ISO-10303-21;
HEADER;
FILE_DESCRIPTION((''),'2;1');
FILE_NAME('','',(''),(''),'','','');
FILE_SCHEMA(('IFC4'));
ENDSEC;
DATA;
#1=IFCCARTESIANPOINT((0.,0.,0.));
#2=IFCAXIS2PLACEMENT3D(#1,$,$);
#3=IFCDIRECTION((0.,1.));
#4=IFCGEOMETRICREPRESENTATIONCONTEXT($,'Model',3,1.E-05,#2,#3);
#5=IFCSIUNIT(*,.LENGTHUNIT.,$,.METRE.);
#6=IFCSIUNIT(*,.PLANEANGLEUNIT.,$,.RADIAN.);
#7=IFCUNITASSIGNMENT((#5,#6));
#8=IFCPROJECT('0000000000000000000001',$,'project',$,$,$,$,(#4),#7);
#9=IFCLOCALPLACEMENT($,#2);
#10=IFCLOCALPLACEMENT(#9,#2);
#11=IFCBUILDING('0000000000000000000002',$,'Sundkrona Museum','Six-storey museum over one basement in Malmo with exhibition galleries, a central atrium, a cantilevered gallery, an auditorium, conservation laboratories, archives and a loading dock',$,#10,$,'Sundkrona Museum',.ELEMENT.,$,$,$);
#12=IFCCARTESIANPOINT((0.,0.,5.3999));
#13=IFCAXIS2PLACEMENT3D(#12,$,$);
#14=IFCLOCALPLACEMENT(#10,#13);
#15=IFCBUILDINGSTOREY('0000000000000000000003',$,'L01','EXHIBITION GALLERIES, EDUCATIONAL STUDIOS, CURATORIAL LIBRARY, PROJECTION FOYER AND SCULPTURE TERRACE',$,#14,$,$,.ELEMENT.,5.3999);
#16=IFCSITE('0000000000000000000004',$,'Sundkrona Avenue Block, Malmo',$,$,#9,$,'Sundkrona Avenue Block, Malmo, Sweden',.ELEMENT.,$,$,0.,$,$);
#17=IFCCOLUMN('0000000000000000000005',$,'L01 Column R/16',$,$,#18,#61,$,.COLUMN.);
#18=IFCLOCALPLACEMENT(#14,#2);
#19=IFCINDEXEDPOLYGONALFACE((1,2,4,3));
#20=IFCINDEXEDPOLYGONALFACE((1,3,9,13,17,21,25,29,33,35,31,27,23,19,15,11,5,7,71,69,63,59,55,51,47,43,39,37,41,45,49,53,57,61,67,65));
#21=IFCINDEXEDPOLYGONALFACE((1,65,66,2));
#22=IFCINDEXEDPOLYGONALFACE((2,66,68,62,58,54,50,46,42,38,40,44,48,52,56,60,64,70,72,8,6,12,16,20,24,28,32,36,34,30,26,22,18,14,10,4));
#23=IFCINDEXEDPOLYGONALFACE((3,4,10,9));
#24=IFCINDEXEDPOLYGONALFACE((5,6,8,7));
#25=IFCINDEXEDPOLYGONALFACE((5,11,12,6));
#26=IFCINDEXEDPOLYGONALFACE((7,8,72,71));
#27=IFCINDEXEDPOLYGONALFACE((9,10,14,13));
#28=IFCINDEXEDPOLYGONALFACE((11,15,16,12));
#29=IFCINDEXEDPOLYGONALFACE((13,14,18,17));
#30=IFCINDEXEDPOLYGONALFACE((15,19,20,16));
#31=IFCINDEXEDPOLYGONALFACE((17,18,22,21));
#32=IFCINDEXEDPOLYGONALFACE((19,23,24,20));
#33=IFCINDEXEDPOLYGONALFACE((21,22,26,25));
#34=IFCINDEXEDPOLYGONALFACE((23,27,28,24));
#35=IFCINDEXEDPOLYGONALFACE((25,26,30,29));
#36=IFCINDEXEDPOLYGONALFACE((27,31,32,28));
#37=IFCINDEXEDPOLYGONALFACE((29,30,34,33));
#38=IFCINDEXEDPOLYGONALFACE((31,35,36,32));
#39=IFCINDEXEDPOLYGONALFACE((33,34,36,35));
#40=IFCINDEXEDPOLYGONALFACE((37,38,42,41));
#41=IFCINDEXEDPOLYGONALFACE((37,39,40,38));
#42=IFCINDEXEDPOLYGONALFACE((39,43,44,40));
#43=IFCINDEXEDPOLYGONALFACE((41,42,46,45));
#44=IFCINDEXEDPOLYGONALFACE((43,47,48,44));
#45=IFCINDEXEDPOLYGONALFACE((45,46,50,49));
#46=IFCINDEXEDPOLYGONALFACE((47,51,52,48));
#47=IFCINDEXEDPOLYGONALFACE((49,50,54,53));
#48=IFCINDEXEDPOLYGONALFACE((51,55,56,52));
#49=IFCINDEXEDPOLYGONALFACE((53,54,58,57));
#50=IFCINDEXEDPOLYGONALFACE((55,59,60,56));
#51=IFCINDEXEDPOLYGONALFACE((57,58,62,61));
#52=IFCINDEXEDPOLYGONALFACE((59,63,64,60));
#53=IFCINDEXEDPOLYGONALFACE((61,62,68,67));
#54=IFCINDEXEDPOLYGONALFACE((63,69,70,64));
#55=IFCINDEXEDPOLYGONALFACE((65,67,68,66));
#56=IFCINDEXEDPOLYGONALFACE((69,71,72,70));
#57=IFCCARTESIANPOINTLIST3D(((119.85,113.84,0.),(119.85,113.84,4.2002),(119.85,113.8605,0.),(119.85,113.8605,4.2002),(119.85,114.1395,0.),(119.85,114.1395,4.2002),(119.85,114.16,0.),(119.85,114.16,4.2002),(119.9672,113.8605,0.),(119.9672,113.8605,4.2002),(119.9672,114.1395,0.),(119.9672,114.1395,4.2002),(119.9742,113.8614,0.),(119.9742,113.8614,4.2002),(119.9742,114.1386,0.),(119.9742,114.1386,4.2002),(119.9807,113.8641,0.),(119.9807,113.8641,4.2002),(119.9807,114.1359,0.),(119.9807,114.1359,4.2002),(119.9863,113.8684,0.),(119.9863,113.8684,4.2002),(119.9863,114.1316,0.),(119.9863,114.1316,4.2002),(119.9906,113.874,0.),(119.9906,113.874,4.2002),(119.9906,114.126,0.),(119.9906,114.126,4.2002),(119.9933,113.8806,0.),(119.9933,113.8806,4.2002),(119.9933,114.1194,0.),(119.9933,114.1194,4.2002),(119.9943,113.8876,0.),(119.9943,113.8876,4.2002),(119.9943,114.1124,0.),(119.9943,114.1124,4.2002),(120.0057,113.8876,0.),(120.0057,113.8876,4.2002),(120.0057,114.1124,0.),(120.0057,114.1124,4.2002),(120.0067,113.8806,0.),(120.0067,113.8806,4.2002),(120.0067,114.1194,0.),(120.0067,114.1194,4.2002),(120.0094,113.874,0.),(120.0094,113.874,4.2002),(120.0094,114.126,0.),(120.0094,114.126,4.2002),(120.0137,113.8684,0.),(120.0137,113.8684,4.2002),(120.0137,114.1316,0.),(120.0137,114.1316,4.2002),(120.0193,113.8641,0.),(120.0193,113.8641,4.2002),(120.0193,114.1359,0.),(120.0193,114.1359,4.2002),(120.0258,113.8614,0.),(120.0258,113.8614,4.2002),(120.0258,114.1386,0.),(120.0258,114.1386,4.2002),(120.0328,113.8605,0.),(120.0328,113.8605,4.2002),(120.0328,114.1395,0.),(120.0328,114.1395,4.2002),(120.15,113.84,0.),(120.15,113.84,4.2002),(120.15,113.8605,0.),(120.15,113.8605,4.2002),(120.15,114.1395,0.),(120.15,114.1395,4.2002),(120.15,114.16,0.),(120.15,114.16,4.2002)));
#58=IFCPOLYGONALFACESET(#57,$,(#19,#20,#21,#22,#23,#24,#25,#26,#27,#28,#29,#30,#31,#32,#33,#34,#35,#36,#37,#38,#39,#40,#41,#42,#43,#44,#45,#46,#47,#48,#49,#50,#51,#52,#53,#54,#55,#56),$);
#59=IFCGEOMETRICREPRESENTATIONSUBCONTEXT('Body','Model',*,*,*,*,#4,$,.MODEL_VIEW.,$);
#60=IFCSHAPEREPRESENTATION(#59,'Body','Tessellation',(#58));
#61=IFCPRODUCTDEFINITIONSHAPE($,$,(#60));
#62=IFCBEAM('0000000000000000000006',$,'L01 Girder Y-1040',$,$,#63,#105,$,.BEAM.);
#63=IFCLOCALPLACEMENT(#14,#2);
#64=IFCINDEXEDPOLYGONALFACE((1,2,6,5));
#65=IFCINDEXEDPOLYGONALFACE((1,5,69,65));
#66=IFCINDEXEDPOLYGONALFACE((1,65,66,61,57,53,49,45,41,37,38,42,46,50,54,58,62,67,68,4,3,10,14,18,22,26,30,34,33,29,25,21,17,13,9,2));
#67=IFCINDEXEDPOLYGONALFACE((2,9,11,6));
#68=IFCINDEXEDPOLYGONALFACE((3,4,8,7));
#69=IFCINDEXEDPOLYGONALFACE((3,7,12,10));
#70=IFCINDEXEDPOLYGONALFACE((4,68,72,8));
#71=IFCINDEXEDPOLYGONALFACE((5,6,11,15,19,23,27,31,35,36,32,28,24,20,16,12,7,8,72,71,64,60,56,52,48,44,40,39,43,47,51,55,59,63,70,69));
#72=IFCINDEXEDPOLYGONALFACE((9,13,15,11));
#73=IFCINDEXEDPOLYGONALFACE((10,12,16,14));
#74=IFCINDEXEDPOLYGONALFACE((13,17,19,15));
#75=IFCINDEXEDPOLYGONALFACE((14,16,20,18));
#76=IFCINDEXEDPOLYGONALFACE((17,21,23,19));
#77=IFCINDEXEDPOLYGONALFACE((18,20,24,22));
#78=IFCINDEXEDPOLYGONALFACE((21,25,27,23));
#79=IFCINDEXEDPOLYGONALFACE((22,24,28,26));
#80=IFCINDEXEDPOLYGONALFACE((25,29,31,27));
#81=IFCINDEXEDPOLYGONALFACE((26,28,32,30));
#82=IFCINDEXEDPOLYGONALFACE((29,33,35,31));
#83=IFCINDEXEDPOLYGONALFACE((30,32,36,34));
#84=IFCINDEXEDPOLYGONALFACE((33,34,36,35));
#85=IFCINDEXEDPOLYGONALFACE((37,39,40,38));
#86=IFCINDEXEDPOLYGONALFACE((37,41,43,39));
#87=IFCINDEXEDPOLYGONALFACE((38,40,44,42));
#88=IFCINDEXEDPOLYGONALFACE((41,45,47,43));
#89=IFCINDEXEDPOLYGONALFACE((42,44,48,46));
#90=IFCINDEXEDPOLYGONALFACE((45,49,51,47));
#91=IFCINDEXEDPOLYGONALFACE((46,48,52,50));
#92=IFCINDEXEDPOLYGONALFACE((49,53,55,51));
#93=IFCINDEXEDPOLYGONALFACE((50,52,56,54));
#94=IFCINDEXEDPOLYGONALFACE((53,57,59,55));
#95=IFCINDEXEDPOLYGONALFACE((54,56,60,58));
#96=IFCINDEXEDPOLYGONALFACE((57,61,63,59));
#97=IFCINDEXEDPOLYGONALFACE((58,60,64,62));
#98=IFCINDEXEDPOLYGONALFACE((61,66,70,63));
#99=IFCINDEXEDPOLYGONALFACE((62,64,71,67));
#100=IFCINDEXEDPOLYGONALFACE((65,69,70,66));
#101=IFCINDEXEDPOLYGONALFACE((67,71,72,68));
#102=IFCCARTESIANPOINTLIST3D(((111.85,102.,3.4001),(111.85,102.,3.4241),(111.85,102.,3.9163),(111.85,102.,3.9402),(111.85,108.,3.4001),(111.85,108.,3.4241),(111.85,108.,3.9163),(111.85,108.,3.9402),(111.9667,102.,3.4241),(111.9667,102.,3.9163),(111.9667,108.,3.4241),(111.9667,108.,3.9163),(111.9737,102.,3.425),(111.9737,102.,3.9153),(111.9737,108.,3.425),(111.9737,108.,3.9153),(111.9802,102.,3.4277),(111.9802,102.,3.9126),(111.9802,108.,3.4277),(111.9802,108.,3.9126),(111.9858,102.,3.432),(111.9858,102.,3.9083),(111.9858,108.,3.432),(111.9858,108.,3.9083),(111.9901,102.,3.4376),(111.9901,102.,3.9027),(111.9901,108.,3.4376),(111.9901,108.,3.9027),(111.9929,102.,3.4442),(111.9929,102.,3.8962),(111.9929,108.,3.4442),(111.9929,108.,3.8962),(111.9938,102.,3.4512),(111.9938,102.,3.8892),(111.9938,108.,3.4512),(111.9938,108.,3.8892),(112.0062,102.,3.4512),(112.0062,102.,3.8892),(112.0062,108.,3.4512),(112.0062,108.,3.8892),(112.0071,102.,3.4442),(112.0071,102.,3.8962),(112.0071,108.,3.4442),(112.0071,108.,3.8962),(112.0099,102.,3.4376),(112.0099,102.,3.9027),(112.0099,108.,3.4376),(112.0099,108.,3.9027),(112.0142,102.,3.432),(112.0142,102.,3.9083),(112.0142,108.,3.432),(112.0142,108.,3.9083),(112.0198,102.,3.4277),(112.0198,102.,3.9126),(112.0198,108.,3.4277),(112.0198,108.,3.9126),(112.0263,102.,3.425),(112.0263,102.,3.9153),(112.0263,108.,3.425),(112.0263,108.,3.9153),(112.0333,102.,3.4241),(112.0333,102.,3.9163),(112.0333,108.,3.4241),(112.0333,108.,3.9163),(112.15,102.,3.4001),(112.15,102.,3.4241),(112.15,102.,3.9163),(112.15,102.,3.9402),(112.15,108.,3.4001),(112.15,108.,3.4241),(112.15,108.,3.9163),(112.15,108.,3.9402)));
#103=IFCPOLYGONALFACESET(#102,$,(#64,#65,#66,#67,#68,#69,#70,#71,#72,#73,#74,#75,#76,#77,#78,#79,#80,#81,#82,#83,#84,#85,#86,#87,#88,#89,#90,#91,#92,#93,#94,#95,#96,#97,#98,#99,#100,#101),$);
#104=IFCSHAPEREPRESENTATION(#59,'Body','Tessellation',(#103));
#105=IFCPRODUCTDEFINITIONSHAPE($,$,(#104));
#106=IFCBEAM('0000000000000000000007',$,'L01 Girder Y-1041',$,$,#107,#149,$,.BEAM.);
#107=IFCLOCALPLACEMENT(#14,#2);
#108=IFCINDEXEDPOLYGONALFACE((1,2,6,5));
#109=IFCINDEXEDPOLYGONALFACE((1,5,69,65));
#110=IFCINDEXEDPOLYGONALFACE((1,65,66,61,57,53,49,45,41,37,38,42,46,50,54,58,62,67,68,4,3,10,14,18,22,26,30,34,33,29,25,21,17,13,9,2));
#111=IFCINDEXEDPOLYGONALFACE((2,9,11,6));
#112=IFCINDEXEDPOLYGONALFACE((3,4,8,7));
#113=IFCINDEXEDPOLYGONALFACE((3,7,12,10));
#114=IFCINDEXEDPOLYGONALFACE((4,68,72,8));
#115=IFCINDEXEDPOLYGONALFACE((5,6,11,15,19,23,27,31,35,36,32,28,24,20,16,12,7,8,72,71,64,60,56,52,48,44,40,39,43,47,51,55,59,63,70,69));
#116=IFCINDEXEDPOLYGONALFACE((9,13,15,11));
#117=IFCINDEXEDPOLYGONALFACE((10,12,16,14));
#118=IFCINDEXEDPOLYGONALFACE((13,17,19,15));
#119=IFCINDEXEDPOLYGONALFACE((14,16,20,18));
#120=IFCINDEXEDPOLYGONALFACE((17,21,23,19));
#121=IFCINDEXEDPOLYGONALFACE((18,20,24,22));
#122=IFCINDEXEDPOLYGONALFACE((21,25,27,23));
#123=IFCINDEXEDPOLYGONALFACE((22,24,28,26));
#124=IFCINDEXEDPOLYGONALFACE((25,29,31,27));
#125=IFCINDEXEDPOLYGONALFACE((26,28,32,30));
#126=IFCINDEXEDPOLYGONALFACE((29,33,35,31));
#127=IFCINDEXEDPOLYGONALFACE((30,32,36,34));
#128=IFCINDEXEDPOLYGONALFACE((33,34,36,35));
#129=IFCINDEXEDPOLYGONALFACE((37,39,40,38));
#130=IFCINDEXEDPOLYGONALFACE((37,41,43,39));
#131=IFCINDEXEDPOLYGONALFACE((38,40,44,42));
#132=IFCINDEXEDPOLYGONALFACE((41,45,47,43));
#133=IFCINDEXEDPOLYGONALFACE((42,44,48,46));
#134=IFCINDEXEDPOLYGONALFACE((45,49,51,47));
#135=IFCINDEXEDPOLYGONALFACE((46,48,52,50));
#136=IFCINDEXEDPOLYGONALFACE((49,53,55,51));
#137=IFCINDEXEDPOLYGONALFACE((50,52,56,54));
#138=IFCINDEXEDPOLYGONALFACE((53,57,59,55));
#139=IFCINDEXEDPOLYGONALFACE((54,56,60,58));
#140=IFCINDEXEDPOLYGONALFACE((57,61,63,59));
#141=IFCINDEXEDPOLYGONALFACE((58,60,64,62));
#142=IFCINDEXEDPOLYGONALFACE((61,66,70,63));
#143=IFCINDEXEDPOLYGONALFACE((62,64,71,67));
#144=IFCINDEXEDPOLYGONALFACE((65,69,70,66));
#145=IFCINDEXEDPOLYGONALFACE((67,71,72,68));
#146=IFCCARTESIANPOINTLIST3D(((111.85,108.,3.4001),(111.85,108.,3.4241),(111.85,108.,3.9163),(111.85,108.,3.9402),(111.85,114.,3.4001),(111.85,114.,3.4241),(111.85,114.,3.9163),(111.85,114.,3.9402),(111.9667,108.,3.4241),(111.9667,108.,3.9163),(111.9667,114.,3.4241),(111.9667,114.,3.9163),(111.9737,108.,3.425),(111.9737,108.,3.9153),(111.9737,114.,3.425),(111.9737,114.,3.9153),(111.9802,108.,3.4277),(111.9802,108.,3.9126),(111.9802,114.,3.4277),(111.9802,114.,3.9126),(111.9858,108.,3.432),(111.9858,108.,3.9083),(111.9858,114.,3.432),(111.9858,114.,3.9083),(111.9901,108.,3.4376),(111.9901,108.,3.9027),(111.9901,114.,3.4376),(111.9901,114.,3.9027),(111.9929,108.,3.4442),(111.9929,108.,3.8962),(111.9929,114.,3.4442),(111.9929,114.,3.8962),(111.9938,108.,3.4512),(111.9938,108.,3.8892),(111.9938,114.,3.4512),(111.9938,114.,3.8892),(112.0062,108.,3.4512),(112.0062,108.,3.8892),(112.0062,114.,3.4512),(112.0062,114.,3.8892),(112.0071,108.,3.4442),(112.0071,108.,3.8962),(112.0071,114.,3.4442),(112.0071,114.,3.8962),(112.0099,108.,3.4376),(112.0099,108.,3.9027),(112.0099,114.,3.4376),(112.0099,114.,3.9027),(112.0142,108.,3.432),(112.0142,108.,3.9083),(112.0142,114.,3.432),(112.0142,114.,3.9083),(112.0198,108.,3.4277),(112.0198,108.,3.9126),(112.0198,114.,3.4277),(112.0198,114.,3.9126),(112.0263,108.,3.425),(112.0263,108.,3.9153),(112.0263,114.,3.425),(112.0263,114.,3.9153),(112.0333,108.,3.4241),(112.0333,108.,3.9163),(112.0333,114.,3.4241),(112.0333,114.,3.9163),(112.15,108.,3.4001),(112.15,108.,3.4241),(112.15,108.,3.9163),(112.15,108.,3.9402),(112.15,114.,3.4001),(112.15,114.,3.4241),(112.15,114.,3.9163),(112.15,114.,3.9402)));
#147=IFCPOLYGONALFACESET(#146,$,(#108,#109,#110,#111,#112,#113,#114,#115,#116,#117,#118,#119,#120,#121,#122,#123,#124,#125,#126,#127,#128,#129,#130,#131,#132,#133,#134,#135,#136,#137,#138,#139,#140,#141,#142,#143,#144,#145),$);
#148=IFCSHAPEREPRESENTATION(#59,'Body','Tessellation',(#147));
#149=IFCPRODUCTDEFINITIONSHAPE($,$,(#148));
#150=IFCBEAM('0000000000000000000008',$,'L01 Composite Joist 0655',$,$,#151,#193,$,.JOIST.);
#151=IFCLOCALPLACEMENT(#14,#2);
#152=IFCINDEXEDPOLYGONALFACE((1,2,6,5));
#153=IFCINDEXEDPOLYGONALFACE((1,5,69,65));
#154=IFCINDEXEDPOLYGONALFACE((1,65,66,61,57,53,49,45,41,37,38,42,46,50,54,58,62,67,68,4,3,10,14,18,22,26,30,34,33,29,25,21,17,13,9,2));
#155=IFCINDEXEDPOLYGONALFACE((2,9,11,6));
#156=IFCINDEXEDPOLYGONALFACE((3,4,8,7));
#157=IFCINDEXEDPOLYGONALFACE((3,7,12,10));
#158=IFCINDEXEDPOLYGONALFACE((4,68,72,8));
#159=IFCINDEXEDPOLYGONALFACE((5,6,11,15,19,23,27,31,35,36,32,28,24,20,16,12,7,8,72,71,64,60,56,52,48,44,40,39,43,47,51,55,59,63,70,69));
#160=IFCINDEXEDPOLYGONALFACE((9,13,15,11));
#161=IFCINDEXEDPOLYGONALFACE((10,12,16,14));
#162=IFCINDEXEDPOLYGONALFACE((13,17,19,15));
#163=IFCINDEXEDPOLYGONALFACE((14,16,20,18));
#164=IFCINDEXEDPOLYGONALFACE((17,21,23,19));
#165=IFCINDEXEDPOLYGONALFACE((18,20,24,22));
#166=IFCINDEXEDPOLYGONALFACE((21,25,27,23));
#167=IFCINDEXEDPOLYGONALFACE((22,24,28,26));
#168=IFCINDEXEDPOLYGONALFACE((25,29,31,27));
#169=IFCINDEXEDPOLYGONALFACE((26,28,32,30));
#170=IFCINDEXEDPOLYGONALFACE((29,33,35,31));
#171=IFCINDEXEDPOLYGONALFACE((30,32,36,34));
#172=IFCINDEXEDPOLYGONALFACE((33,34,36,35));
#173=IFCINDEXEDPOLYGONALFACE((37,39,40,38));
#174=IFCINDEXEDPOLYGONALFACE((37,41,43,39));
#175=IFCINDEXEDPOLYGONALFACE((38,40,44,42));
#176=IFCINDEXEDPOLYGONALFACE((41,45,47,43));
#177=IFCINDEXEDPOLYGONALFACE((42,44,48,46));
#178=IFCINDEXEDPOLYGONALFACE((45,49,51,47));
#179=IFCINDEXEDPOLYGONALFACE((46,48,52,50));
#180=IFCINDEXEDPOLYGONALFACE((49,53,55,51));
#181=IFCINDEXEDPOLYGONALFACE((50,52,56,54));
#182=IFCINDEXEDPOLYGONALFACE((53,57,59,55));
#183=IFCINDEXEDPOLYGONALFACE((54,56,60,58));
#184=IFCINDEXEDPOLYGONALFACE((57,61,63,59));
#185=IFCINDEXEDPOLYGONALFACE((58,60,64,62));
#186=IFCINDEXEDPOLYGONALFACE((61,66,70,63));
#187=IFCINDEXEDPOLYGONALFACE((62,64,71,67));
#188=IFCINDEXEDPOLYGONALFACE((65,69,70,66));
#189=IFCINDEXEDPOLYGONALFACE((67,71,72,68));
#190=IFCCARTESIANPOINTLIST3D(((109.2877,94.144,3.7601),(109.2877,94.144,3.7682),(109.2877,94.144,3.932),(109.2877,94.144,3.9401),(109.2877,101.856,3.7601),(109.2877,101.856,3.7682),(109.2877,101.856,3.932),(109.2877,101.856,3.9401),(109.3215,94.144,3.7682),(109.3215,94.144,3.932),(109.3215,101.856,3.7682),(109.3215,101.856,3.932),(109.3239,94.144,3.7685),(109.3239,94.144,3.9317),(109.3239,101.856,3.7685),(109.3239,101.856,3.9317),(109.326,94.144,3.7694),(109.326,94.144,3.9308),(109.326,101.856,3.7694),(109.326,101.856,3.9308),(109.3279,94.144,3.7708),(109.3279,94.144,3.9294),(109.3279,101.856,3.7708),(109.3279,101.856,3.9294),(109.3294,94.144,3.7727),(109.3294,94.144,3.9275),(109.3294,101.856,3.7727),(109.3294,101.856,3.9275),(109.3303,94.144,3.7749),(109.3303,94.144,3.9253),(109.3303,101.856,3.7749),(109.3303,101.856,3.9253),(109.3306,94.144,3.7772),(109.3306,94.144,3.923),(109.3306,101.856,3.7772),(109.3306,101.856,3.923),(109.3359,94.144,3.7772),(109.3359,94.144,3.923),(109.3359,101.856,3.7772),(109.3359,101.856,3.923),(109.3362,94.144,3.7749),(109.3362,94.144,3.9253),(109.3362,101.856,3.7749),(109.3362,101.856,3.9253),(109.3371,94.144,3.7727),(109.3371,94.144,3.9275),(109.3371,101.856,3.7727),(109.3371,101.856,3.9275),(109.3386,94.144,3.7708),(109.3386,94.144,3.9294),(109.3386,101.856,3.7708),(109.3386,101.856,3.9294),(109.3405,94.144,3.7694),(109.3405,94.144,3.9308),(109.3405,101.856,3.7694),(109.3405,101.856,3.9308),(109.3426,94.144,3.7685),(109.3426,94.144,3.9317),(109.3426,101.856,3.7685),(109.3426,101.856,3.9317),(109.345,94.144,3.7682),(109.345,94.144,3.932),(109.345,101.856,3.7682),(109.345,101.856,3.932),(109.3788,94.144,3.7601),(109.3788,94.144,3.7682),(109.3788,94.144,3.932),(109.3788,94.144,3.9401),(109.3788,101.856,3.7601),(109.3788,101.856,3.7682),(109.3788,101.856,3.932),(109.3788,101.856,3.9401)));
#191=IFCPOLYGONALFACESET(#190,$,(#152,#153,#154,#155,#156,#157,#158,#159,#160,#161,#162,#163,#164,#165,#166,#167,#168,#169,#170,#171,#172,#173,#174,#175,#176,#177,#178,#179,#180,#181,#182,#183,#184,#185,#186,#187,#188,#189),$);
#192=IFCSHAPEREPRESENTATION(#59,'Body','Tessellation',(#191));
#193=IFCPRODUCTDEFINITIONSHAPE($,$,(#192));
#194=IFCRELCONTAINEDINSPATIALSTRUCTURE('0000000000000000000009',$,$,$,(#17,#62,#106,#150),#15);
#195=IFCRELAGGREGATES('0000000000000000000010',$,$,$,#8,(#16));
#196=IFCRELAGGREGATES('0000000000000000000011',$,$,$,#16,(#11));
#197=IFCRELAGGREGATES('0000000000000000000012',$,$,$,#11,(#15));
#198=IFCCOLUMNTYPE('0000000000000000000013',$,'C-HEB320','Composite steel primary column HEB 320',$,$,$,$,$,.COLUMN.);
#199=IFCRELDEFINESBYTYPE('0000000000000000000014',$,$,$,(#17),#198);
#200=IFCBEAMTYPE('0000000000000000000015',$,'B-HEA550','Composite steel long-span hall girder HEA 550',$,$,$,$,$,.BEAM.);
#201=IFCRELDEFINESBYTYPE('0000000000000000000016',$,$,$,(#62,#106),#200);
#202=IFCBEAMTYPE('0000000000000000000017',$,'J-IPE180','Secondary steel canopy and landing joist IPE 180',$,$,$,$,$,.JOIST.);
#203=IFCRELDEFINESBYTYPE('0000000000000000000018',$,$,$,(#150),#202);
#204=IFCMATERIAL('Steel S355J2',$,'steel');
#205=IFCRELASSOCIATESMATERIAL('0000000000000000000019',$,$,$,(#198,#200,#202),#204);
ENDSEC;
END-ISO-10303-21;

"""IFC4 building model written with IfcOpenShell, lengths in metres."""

from ifc_helpers import new_model, si_unit, direction, frame, origin, origin_2d, place, context, subcontext, project, spatial, i_section, extrude, material, material_profile, profile_set, type_object, element, save


model = new_model("IFC4")

# Units and contexts
model_context = context("Model", 3, precision=1e-05, world=origin(), true_north=direction((0.0, 1.0)))
body_context = subcontext(model_context, "Body", "Model", "MODEL_VIEW")
ifc_project = project(units=[si_unit("LENGTHUNIT", "METRE"), si_unit("PLANEANGLEUNIT", "RADIAN")], contexts=[model_context])

# Site, building, storey
site_placement = place(None, origin())
site = spatial("IfcSite", under=ifc_project, at=site_placement, Name="Sundkrona Avenue Block, Malmo", LongName="Sundkrona Avenue Block, Malmo, Sweden", CompositionType="ELEMENT", RefElevation=0.0)
building_placement = place(site_placement, origin())
building = spatial("IfcBuilding", under=site, at=building_placement, Name="Sundkrona Museum", Description="Six-storey museum over one basement in Malmo with exhibition galleries, a central atrium, a cantilevered gallery, an auditorium, conservation laboratories, archives and a loading dock", LongName="Sundkrona Museum", CompositionType="ELEMENT")
storey_placement = place(building_placement, frame((0.0, 0.0, 5.3999)))
storey = spatial("IfcBuildingStorey", under=building, at=storey_placement, Name="L01", Description="EXHIBITION GALLERIES, EDUCATIONAL STUDIOS, CURATORIAL LIBRARY, PROJECTION FOYER AND SCULPTURE TERRACE", CompositionType="ELEMENT", Elevation=5.3999)

# Column
ifc_material_1 = material(Name="Steel S355J2", Category="steel")
ifc_material_profile_1 = material_profile(ifc_material_1, i_section(OverallWidth=0.3, OverallDepth=0.3201, WebThickness=0.0115, FlangeThickness=0.0205, FilletRadius=0.0271, at=origin_2d()), Name="HEB 320")
ifc_profile_set_1 = profile_set([ifc_material_profile_1], Name="Steel S355J2")
column_type_1 = type_object("IfcColumnType", Name="C-HEB320", Description="Composite steel primary column HEB 320", PredefinedType="COLUMN", material=ifc_profile_set_1)
for number, where, z_axis, x_axis, name in (
    (1, (120.0, 114.0, 0.0), (0.0, 0.0, 1.0), (1.0, 0.0, 0.0), "L01 Column R/16"),
):
    element("IfcColumn", number, at=place(storey_placement, frame(where, z_axis=z_axis, x_axis=x_axis)), inside=storey, type_object=column_type_1, Name=name, PredefinedType="COLUMN", context=body_context, shape_type="SweptSolid", body=[
        extrude(i_section(OverallWidth=0.3, OverallDepth=0.3201, WebThickness=0.0115, FlangeThickness=0.0205, FilletRadius=0.0271, at=origin_2d()), origin(), (0.0, 0.0, 1.0), 4.2002),
    ])

# Beams
ifc_material_profile_2 = material_profile(ifc_material_1, i_section(OverallWidth=0.3, OverallDepth=0.54, WebThickness=0.0125, FlangeThickness=0.0239, FilletRadius=0.0271, at=origin_2d()), Name="HEA 550")
ifc_profile_set_2 = profile_set([ifc_material_profile_2], Name="Steel S355J2")
beam_type_1 = type_object("IfcBeamType", Name="B-HEA550", Description="Composite steel long-span hall girder HEA 550", PredefinedType="BEAM", material=ifc_profile_set_2)
for number, where, z_axis, x_axis, name in (
    (2, (112.0, 102.0, 3.6702), (0.0, 1.0, 0.0), (-1.0, 0.0, 0.0), "L01 Girder Y-1040"),
    (3, (112.0, 108.0, 3.6702), (0.0, 1.0, 0.0), (-1.0, 0.0, 0.0), "L01 Girder Y-1041"),
):
    element("IfcBeam", number, at=place(storey_placement, frame(where, z_axis=z_axis, x_axis=x_axis)), inside=storey, type_object=beam_type_1, Name=name, PredefinedType="BEAM", context=body_context, shape_type="SweptSolid", body=[
        extrude(i_section(OverallWidth=0.3, OverallDepth=0.54, WebThickness=0.0125, FlangeThickness=0.0239, FilletRadius=0.0271, at=origin_2d()), origin(), (0.0, 0.0, 1.0), 6.0),
    ])
ifc_material_profile_3 = material_profile(ifc_material_1, i_section(OverallWidth=0.0911, OverallDepth=0.1799, WebThickness=0.0054, FlangeThickness=0.0081, FilletRadius=0.009, at=origin_2d()), Name="IPE 180")
ifc_profile_set_3 = profile_set([ifc_material_profile_3], Name="Steel S355J2")
beam_type_2 = type_object("IfcBeamType", Name="J-IPE180", Description="Secondary steel canopy and landing joist IPE 180", PredefinedType="JOIST", material=ifc_profile_set_3)
beam_1_placement = place(storey_placement, frame((109.3333, 94.144, 3.8501), z_axis=(0.0, 1.0, 0.0), x_axis=(-1.0, 0.0, 0.0)))
element("IfcBeam", 4, at=beam_1_placement, inside=storey, type_object=beam_type_2, Name="L01 Composite Joist 0655", PredefinedType="JOIST", context=body_context, shape_type="SweptSolid", body=[
    extrude(i_section(OverallWidth=0.0911, OverallDepth=0.1799, WebThickness=0.0054, FlangeThickness=0.0081, FilletRadius=0.009, at=origin_2d()), origin(), (0.0, 0.0, 1.0), 7.7119),
])

save(model, "model.ifc")
